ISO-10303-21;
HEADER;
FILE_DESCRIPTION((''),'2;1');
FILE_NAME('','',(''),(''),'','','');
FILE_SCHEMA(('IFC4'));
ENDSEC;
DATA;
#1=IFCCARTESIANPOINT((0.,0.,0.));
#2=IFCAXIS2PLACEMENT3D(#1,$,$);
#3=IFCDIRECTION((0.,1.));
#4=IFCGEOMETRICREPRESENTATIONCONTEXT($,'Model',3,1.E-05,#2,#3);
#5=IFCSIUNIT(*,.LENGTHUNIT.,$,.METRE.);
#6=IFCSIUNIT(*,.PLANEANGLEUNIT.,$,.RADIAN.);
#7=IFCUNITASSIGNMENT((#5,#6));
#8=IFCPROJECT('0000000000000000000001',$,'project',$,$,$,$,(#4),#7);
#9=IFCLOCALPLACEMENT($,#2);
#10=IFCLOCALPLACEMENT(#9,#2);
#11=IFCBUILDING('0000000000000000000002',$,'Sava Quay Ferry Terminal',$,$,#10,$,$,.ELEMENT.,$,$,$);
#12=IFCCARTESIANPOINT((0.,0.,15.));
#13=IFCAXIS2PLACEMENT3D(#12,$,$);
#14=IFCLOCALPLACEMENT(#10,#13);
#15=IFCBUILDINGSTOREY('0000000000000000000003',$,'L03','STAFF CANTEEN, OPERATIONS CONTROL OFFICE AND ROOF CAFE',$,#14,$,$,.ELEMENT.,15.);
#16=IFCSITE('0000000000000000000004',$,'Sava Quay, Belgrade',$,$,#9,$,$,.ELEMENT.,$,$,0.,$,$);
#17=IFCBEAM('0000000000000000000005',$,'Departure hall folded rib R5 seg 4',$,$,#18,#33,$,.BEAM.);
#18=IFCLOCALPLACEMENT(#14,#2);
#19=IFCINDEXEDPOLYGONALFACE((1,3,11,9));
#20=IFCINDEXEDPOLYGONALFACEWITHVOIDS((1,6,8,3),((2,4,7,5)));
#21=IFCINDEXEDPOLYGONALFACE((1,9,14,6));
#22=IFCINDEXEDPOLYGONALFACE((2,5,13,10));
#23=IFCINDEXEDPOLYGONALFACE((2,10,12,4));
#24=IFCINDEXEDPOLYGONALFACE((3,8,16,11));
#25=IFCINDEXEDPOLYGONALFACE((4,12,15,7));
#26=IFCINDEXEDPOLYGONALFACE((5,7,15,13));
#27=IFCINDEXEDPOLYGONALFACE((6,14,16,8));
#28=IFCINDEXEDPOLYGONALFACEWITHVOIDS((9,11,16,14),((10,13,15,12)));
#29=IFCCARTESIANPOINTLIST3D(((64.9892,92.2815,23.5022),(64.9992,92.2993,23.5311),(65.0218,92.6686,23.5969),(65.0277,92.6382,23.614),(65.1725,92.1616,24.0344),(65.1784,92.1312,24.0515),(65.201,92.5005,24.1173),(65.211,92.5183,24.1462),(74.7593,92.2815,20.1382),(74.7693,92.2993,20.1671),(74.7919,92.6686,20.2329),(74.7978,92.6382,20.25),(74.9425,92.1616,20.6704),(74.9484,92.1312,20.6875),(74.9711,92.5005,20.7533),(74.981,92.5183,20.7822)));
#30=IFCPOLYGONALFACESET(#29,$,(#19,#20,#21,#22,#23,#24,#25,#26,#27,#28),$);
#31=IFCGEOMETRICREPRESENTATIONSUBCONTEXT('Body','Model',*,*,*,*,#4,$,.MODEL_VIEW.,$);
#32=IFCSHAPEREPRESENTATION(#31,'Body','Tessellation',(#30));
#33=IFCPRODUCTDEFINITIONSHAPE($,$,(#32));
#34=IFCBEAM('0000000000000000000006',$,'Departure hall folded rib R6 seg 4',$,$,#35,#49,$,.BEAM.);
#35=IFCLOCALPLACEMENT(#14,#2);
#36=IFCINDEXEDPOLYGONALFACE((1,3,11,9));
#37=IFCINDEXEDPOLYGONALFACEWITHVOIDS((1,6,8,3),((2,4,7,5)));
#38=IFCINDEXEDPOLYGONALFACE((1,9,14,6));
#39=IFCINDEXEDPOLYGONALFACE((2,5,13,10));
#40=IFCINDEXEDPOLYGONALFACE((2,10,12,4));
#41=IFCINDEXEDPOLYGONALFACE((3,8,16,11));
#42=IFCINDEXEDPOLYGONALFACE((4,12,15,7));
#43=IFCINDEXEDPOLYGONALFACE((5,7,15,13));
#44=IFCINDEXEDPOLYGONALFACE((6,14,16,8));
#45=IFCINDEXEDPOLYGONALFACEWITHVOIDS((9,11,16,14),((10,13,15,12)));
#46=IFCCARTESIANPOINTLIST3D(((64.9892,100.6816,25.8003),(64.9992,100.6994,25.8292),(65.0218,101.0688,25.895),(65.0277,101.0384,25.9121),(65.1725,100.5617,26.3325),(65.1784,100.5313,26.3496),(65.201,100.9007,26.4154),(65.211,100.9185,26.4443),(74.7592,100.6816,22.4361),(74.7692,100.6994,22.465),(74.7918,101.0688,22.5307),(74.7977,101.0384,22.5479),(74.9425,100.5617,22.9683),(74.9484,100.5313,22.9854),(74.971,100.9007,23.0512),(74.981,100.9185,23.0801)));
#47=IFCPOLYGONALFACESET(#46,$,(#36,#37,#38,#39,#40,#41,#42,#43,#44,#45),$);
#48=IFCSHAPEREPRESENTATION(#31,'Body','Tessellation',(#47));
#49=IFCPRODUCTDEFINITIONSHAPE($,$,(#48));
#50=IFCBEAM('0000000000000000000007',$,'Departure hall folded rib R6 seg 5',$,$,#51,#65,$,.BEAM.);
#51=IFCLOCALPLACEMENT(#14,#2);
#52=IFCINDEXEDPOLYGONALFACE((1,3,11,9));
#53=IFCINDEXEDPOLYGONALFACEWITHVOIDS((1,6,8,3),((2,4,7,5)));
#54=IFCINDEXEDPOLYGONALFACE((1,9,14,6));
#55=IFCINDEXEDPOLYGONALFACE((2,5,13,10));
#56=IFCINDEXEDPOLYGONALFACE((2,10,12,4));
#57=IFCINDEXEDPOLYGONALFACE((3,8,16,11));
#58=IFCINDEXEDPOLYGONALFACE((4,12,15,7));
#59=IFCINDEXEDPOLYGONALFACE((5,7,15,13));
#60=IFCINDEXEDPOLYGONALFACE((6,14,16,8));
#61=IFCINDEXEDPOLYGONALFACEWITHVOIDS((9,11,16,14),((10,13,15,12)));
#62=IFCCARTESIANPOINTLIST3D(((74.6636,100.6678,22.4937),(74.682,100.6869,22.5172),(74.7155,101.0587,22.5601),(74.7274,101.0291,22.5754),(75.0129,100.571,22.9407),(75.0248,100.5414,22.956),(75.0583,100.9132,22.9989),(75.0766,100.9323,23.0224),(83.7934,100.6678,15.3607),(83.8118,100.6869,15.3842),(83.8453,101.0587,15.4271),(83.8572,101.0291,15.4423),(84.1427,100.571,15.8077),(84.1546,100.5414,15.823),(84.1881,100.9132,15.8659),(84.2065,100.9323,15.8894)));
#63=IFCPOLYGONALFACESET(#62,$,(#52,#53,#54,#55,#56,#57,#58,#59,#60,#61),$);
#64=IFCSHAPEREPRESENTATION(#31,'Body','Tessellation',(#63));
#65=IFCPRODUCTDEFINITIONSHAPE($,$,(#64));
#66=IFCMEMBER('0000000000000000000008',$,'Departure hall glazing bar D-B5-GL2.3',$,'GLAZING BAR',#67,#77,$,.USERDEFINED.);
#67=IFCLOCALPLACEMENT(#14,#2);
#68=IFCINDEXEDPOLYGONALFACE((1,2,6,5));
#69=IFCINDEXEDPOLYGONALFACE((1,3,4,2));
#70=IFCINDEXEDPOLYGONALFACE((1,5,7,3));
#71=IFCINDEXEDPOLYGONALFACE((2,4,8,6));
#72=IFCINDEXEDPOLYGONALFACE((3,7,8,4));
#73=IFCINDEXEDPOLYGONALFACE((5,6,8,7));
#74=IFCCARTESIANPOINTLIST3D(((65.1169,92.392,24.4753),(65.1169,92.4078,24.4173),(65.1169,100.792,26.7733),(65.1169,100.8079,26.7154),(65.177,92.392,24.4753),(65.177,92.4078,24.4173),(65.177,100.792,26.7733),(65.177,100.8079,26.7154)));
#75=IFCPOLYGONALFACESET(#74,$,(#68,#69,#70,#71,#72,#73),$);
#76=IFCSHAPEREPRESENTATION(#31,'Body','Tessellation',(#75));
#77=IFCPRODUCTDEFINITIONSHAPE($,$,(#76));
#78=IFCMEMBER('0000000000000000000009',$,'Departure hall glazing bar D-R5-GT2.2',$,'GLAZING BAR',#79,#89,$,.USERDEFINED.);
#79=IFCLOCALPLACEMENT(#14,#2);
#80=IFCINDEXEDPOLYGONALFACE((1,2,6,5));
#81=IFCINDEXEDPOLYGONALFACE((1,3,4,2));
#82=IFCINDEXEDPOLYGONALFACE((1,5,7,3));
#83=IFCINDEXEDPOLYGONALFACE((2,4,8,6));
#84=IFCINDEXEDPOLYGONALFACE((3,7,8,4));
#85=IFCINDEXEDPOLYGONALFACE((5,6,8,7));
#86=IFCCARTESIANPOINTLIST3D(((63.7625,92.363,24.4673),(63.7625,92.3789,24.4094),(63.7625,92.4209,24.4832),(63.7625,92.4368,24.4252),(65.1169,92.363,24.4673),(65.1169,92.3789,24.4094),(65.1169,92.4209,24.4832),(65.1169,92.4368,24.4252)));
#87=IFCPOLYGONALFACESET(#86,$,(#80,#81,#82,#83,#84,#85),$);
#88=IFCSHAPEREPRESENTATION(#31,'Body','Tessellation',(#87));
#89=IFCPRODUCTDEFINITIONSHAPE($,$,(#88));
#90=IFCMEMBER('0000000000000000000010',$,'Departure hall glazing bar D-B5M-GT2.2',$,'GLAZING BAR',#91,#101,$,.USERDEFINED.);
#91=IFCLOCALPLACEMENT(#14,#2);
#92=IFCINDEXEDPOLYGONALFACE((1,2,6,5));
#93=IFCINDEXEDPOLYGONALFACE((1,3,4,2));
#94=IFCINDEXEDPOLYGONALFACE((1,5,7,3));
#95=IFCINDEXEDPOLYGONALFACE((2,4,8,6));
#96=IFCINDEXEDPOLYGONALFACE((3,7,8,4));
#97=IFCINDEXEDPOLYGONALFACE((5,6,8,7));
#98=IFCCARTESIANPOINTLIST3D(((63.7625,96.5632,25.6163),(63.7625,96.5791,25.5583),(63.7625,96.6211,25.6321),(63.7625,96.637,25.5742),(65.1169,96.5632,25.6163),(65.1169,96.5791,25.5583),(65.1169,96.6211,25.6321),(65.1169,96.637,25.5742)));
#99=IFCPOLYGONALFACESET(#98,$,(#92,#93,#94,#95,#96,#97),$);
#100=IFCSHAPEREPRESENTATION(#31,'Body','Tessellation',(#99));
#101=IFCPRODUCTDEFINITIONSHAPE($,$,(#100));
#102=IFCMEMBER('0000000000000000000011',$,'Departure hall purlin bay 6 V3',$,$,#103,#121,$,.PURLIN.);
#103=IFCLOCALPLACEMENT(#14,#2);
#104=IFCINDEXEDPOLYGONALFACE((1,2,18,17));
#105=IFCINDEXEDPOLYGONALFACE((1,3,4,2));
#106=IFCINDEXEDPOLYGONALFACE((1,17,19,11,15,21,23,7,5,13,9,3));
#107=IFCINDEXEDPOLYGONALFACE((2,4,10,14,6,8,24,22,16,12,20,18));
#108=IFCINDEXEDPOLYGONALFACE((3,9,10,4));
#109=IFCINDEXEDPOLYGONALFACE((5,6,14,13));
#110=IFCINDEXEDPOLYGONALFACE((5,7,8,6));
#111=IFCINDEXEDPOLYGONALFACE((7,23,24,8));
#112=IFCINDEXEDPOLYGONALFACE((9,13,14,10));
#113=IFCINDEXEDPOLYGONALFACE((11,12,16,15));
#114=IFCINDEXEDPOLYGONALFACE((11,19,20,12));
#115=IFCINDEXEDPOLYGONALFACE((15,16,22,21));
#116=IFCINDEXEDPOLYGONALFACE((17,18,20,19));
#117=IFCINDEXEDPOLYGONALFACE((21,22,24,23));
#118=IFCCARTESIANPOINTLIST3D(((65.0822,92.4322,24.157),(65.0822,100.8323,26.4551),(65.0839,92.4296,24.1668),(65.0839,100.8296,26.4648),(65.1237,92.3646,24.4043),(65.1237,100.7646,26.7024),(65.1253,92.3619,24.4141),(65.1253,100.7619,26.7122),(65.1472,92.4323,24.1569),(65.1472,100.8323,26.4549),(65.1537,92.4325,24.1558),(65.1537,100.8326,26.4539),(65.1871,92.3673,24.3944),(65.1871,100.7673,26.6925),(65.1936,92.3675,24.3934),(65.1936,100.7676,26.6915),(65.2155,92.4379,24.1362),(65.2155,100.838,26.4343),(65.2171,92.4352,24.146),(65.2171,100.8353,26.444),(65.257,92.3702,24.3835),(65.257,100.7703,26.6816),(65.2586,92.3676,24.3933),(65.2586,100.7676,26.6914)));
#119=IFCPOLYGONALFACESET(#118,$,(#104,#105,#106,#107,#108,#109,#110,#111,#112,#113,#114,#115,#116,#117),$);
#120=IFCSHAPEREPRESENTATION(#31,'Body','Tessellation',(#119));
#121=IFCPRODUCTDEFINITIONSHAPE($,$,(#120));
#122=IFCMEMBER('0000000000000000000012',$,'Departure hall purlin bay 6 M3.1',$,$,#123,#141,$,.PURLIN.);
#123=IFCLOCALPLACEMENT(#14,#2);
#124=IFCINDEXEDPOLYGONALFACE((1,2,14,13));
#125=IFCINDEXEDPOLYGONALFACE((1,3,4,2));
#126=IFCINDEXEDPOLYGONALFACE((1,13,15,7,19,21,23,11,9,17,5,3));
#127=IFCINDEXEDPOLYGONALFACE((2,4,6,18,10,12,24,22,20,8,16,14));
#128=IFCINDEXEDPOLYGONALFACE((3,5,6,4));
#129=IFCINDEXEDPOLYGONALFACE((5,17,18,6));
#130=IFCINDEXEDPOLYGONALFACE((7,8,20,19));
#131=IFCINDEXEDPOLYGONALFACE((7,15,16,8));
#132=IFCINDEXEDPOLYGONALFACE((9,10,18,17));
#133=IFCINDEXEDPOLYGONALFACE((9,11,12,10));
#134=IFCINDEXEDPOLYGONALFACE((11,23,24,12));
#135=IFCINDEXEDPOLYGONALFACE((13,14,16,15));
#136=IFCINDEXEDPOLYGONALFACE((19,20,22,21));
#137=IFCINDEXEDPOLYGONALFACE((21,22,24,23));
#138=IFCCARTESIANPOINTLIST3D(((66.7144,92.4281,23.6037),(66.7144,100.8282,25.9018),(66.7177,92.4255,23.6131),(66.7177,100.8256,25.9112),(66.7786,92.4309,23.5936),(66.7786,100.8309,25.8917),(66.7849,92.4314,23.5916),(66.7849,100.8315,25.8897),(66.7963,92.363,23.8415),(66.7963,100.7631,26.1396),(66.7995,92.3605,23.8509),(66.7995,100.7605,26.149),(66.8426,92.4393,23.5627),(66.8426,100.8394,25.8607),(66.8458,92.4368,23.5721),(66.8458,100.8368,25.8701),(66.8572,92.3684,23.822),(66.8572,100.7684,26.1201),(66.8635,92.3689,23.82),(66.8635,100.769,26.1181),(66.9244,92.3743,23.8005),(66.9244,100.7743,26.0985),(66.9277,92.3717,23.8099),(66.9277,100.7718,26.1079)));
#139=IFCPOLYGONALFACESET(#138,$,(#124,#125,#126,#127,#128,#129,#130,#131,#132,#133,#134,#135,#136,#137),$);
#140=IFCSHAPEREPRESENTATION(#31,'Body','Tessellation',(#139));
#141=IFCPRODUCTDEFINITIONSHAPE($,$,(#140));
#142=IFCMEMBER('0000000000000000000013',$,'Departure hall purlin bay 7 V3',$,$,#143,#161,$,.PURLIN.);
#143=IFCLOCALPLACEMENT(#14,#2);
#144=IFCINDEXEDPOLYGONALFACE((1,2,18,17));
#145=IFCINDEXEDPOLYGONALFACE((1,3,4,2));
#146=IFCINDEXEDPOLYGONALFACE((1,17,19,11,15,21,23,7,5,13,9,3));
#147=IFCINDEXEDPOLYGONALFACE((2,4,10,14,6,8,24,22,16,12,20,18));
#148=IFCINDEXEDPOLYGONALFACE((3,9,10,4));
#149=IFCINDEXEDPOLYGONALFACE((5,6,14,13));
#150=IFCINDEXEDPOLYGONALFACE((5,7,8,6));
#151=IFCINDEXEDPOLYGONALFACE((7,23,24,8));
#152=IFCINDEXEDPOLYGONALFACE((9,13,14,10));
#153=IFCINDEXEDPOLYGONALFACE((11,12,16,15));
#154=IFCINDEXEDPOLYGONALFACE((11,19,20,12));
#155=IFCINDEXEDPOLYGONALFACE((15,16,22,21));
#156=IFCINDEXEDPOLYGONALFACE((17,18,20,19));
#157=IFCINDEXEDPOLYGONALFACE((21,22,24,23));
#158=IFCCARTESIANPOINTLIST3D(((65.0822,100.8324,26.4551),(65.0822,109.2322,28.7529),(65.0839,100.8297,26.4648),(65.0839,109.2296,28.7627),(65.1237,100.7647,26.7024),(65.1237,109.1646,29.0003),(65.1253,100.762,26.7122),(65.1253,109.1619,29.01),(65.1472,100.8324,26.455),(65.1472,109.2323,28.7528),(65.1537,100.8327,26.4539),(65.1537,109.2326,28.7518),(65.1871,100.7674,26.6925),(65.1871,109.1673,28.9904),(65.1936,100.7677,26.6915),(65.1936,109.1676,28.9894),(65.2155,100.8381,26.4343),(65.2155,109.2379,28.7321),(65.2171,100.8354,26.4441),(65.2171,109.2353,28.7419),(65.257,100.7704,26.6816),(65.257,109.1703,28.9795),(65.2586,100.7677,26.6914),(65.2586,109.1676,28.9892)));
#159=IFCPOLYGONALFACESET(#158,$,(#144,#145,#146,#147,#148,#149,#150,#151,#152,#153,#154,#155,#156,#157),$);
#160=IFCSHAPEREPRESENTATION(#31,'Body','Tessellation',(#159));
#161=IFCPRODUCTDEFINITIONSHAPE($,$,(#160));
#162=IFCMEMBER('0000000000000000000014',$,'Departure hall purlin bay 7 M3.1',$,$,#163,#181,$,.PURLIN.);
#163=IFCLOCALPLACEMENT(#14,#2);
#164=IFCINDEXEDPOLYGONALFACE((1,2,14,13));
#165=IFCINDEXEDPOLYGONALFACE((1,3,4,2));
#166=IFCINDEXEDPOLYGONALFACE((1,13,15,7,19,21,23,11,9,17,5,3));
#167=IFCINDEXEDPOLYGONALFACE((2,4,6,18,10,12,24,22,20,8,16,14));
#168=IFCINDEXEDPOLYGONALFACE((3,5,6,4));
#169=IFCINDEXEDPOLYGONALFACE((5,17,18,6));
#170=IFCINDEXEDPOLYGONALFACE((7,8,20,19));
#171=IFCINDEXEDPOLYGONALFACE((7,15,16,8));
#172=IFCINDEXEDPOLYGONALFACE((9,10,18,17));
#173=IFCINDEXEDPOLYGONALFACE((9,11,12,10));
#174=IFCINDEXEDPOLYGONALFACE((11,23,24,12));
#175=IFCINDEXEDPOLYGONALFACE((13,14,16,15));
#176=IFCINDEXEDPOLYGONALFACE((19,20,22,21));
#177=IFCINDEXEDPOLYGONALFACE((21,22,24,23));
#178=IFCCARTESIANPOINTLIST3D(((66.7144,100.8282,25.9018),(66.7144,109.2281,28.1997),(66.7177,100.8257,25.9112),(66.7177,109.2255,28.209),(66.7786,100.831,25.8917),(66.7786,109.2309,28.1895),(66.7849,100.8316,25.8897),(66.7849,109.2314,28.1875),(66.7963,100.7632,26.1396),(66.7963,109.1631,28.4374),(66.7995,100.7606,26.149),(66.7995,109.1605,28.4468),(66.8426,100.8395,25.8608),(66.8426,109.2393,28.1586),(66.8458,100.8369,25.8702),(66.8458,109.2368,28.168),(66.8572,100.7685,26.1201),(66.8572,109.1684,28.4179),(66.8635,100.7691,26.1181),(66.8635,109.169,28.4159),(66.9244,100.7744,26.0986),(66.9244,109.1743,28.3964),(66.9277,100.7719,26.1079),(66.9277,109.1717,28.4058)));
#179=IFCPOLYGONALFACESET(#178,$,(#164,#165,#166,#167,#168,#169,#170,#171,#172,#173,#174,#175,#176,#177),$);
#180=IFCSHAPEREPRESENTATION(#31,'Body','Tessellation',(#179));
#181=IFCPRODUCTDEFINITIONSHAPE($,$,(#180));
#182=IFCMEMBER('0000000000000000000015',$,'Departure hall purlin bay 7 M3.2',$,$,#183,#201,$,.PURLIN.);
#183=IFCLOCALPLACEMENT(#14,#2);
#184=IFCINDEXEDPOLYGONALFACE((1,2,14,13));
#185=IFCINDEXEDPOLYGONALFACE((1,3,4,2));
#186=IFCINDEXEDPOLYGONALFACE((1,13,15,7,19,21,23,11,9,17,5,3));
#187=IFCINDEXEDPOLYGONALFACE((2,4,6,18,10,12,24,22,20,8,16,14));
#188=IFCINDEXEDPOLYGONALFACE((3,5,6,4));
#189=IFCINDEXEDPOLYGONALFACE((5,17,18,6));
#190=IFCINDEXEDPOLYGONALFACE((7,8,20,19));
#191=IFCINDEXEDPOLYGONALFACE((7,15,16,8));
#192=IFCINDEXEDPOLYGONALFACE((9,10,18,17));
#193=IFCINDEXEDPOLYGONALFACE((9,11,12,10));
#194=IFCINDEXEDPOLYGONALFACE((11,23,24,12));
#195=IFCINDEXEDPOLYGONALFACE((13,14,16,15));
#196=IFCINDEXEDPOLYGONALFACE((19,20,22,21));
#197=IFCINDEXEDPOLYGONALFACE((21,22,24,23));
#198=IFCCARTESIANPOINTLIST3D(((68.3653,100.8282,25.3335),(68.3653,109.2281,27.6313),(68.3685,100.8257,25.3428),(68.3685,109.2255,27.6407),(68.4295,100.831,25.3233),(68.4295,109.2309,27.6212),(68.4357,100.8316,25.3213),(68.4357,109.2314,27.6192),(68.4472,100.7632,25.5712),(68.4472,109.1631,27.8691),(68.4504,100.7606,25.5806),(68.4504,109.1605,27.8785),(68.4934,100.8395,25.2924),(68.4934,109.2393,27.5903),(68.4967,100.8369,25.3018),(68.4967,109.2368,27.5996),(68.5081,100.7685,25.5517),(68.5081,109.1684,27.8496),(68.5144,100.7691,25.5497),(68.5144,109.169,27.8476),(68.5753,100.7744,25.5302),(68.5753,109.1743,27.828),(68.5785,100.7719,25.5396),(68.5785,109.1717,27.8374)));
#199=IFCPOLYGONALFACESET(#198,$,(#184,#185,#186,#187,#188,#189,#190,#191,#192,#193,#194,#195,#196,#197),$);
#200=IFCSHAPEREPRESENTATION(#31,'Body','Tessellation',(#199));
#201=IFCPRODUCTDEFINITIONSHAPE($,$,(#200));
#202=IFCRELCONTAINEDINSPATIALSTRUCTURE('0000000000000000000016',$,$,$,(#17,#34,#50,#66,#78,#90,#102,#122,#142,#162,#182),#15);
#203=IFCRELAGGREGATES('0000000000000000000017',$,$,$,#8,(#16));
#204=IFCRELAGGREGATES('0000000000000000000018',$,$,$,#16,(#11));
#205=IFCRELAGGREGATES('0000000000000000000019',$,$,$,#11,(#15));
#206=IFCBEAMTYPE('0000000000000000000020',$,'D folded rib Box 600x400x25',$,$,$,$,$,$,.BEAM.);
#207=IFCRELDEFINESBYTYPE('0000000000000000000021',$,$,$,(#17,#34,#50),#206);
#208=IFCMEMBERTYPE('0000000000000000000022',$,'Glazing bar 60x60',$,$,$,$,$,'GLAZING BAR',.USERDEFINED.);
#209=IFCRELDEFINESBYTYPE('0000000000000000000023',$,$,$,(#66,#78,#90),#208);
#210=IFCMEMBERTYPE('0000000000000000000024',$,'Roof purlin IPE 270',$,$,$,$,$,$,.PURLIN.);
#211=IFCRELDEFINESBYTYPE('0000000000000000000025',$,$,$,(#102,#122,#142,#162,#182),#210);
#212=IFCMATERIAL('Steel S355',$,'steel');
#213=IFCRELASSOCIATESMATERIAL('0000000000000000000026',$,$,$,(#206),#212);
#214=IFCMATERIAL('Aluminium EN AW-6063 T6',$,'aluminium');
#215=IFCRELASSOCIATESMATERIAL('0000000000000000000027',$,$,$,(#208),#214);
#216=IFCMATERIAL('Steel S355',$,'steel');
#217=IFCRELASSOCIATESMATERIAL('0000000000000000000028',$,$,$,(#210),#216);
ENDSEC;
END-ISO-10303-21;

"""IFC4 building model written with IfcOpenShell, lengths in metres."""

from ifc_helpers import new_model, si_unit, direction, frame, origin, origin_2d, place, context, subcontext, project, spatial, polyline, rectangle, i_section, outline, extrude, material, material_profile, profile_set, type_object, element, save


model = new_model("IFC4")

# Units and contexts
model_context = context("Model", 3, precision=1e-05, world=origin(), true_north=direction((0.0, 1.0)))
body_context = subcontext(model_context, "Body", "Model", "MODEL_VIEW")
ifc_project = project(units=[si_unit("LENGTHUNIT", "METRE"), si_unit("PLANEANGLEUNIT", "RADIAN")], contexts=[model_context])

# Site, building, storey
site_placement = place(None, origin())
site = spatial("IfcSite", under=ifc_project, at=site_placement, Name="Sava Quay, Belgrade", CompositionType="ELEMENT", RefElevation=0.0)
building_placement = place(site_placement, origin())
building = spatial("IfcBuilding", under=site, at=building_placement, Name="Sava Quay Ferry Terminal", CompositionType="ELEMENT")
storey_placement = place(building_placement, frame((0.0, 0.0, 15.0)))
storey = spatial("IfcBuildingStorey", under=building, at=storey_placement, Name="L03", Description="STAFF CANTEEN, OPERATIONS CONTROL OFFICE AND ROOF CAFE", CompositionType="ELEMENT", Elevation=15.0)

# Beams
ifc_material_1 = material(Name="Steel S355", Category="steel")
ifc_material_profile_1 = material_profile(ifc_material_1, outline(polyline([(-0.2, -0.3), (0.2, -0.3), (0.2, 0.3), (-0.2, 0.3), (-0.2, -0.3)]), holes=[polyline([(-0.175, -0.2749), (-0.175, 0.2749), (0.175, 0.2749), (0.175, -0.2749), (-0.175, -0.2749)])]), Name="Box 600x400x25 built-up")
ifc_profile_set_1 = profile_set([ifc_material_profile_1], Name="Steel S355")
beam_type = type_object("IfcBeamType", Name="D folded rib Box 600x400x25", PredefinedType="BEAM", material=ifc_profile_set_1)
for number, where, z_axis, x_axis, name in (
    (1, (65.1001, 92.3999, 23.8242), (0.945521, 0.0, -0.325562), (0.081529, 0.968136, 0.236782), "Departure hall folded rib R5 seg 4"),
    (2, (65.1001, 100.8, 26.1223), (0.945514, 0.0, -0.325583), (0.081534, 0.968136, 0.23678), "Departure hall folded rib R6 seg 4"),
):
    element("IfcBeam", number, at=place(storey_placement, frame(where, z_axis=z_axis, x_axis=x_axis)), inside=storey, type_object=beam_type, Name=name, PredefinedType="BEAM", context=body_context, shape_type="SweptSolid", body=[
        extrude(outline(polyline([(-0.2, -0.3), (0.2, -0.3), (0.2, 0.3), (-0.2, 0.3), (-0.2, -0.3)]), holes=[polyline([(-0.175, -0.2749), (-0.175, 0.2749), (0.175, 0.2749), (0.175, -0.2749), (-0.175, -0.2749)])]), origin(), (0.0, 0.0, 1.0), 10.333),
    ])
beam_placement = place(storey_placement, frame((74.8701, 100.8, 22.7581), z_axis=(0.78801, 0.0, -0.615662), x_axis=(0.129742, 0.977543, 0.166062)))
element("IfcBeam", 3, at=beam_placement, inside=storey, type_object=beam_type, Name="Departure hall folded rib R6 seg 5", PredefinedType="BEAM", context=body_context, shape_type="SweptSolid", body=[
    extrude(outline(polyline([(-0.2, -0.3), (0.2, -0.3), (0.2, 0.3), (-0.2, 0.3), (-0.2, -0.3)]), holes=[polyline([(-0.175, -0.2749), (-0.175, 0.2749), (0.175, 0.2749), (0.175, -0.2749), (-0.175, -0.2749)])]), origin(), (0.0, 0.0, 1.0), 11.5859),
])

# Members
ifc_material_2 = material(Name="Aluminium EN AW-6063 T6", Category="aluminium")
ifc_material_profile_2 = material_profile(ifc_material_2, rectangle(XDim=0.0601, YDim=0.0601, at=origin_2d()), Name="Bar 60 x 60")
ifc_profile_set_2 = profile_set([ifc_material_profile_2], Name="Aluminium EN AW-6063 T6")
member_type_1 = type_object("IfcMemberType", Name="Glazing bar 60x60", ElementType="GLAZING BAR", PredefinedType="USERDEFINED", material=ifc_profile_set_2)
member_placement = place(storey_placement, frame((65.147, 92.3999, 24.4463), z_axis=(0.0, 0.964555, 0.263881), x_axis=(-1.0, 0.0, 0.0)))
element("IfcMember", 4, at=member_placement, inside=storey, type_object=member_type_1, Name="Departure hall glazing bar D-B5-GL2.3", ObjectType="GLAZING BAR", PredefinedType="USERDEFINED", context=body_context, shape_type="SweptSolid", body=[
    extrude(rectangle(XDim=0.0601, YDim=0.0601, at=origin_2d()), origin(), (0.0, 0.0, 1.0), 8.7087),
])
for number, where, z_axis, x_axis, name in (
    (5, (63.7625, 92.3999, 24.4463), (1.0, 0.0, 0.0), (0.0, 0.964557, 0.263875), "Departure hall glazing bar D-R5-GT2.2"),
    (6, (63.7625, 96.6001, 25.5952), (1.0, 0.0, 0.0), (0.0, 0.964557, 0.263875), "Departure hall glazing bar D-B5M-GT2.2"),
):
    element("IfcMember", number, at=place(storey_placement, frame(where, z_axis=z_axis, x_axis=x_axis)), inside=storey, type_object=member_type_1, Name=name, ObjectType="GLAZING BAR", PredefinedType="USERDEFINED", context=body_context, shape_type="SweptSolid", body=[
        extrude(rectangle(XDim=0.0601, YDim=0.0601, at=origin_2d()), origin(), (0.0, 0.0, 1.0), 1.3545),
    ])
ifc_material_3 = material(Name="Steel S355", Category="steel")
ifc_material_profile_3 = material_profile(ifc_material_3, i_section(OverallWidth=0.135, OverallDepth=0.27, WebThickness=0.0066, FlangeThickness=0.0103, at=origin_2d()), Name="IPE 270")
ifc_profile_set_3 = profile_set([ifc_material_profile_3], Name="Steel S355")
member_type_2 = type_object("IfcMemberType", Name="Roof purlin IPE 270", PredefinedType="PURLIN", material=ifc_profile_set_3)
for number, where, z_axis, x_axis, name in (
    (7, (65.1704, 92.3999, 24.2751), (0.0, 0.964555, 0.263881), (-0.987175, -0.042127, 0.153986), "Departure hall purlin bay 6 V3"),
    (8, (66.821, 92.3999, 23.7068), (0.0, 0.964555, 0.263881), (-0.949027, -0.083174, 0.304022), "Departure hall purlin bay 6 M3.1"),
):
    element("IfcMember", number, at=place(storey_placement, frame(where, z_axis=z_axis, x_axis=x_axis)), inside=storey, type_object=member_type_2, Name=name, PredefinedType="PURLIN", context=body_context, shape_type="SweptSolid", body=[
        extrude(i_section(OverallWidth=0.135, OverallDepth=0.27, WebThickness=0.0066, FlangeThickness=0.0103, at=origin_2d()), origin(), (0.0, 0.0, 1.0), 8.7087),
    ])
for number, where, z_axis, x_axis, name in (
    (9, (65.1704, 100.8, 26.5732), (0.0, 0.96456, 0.263862), (-0.987175, -0.042124, 0.153987), "Departure hall purlin bay 7 V3"),
    (10, (66.821, 100.8, 26.0049), (0.0, 0.96456, 0.263862), (-0.949027, -0.083168, 0.304024), "Departure hall purlin bay 7 M3.1"),
    (11, (68.4719, 100.8, 25.4365), (0.0, 0.96456, 0.263862), (-0.949027, -0.083168, 0.304024), "Departure hall purlin bay 7 M3.2"),
):
    element("IfcMember", number, at=place(storey_placement, frame(where, z_axis=z_axis, x_axis=x_axis)), inside=storey, type_object=member_type_2, Name=name, PredefinedType="PURLIN", context=body_context, shape_type="SweptSolid", body=[
        extrude(i_section(OverallWidth=0.135, OverallDepth=0.27, WebThickness=0.0066, FlangeThickness=0.0103, at=origin_2d()), origin(), (0.0, 0.0, 1.0), 8.7085),
    ])

save(model, "model.ifc")
